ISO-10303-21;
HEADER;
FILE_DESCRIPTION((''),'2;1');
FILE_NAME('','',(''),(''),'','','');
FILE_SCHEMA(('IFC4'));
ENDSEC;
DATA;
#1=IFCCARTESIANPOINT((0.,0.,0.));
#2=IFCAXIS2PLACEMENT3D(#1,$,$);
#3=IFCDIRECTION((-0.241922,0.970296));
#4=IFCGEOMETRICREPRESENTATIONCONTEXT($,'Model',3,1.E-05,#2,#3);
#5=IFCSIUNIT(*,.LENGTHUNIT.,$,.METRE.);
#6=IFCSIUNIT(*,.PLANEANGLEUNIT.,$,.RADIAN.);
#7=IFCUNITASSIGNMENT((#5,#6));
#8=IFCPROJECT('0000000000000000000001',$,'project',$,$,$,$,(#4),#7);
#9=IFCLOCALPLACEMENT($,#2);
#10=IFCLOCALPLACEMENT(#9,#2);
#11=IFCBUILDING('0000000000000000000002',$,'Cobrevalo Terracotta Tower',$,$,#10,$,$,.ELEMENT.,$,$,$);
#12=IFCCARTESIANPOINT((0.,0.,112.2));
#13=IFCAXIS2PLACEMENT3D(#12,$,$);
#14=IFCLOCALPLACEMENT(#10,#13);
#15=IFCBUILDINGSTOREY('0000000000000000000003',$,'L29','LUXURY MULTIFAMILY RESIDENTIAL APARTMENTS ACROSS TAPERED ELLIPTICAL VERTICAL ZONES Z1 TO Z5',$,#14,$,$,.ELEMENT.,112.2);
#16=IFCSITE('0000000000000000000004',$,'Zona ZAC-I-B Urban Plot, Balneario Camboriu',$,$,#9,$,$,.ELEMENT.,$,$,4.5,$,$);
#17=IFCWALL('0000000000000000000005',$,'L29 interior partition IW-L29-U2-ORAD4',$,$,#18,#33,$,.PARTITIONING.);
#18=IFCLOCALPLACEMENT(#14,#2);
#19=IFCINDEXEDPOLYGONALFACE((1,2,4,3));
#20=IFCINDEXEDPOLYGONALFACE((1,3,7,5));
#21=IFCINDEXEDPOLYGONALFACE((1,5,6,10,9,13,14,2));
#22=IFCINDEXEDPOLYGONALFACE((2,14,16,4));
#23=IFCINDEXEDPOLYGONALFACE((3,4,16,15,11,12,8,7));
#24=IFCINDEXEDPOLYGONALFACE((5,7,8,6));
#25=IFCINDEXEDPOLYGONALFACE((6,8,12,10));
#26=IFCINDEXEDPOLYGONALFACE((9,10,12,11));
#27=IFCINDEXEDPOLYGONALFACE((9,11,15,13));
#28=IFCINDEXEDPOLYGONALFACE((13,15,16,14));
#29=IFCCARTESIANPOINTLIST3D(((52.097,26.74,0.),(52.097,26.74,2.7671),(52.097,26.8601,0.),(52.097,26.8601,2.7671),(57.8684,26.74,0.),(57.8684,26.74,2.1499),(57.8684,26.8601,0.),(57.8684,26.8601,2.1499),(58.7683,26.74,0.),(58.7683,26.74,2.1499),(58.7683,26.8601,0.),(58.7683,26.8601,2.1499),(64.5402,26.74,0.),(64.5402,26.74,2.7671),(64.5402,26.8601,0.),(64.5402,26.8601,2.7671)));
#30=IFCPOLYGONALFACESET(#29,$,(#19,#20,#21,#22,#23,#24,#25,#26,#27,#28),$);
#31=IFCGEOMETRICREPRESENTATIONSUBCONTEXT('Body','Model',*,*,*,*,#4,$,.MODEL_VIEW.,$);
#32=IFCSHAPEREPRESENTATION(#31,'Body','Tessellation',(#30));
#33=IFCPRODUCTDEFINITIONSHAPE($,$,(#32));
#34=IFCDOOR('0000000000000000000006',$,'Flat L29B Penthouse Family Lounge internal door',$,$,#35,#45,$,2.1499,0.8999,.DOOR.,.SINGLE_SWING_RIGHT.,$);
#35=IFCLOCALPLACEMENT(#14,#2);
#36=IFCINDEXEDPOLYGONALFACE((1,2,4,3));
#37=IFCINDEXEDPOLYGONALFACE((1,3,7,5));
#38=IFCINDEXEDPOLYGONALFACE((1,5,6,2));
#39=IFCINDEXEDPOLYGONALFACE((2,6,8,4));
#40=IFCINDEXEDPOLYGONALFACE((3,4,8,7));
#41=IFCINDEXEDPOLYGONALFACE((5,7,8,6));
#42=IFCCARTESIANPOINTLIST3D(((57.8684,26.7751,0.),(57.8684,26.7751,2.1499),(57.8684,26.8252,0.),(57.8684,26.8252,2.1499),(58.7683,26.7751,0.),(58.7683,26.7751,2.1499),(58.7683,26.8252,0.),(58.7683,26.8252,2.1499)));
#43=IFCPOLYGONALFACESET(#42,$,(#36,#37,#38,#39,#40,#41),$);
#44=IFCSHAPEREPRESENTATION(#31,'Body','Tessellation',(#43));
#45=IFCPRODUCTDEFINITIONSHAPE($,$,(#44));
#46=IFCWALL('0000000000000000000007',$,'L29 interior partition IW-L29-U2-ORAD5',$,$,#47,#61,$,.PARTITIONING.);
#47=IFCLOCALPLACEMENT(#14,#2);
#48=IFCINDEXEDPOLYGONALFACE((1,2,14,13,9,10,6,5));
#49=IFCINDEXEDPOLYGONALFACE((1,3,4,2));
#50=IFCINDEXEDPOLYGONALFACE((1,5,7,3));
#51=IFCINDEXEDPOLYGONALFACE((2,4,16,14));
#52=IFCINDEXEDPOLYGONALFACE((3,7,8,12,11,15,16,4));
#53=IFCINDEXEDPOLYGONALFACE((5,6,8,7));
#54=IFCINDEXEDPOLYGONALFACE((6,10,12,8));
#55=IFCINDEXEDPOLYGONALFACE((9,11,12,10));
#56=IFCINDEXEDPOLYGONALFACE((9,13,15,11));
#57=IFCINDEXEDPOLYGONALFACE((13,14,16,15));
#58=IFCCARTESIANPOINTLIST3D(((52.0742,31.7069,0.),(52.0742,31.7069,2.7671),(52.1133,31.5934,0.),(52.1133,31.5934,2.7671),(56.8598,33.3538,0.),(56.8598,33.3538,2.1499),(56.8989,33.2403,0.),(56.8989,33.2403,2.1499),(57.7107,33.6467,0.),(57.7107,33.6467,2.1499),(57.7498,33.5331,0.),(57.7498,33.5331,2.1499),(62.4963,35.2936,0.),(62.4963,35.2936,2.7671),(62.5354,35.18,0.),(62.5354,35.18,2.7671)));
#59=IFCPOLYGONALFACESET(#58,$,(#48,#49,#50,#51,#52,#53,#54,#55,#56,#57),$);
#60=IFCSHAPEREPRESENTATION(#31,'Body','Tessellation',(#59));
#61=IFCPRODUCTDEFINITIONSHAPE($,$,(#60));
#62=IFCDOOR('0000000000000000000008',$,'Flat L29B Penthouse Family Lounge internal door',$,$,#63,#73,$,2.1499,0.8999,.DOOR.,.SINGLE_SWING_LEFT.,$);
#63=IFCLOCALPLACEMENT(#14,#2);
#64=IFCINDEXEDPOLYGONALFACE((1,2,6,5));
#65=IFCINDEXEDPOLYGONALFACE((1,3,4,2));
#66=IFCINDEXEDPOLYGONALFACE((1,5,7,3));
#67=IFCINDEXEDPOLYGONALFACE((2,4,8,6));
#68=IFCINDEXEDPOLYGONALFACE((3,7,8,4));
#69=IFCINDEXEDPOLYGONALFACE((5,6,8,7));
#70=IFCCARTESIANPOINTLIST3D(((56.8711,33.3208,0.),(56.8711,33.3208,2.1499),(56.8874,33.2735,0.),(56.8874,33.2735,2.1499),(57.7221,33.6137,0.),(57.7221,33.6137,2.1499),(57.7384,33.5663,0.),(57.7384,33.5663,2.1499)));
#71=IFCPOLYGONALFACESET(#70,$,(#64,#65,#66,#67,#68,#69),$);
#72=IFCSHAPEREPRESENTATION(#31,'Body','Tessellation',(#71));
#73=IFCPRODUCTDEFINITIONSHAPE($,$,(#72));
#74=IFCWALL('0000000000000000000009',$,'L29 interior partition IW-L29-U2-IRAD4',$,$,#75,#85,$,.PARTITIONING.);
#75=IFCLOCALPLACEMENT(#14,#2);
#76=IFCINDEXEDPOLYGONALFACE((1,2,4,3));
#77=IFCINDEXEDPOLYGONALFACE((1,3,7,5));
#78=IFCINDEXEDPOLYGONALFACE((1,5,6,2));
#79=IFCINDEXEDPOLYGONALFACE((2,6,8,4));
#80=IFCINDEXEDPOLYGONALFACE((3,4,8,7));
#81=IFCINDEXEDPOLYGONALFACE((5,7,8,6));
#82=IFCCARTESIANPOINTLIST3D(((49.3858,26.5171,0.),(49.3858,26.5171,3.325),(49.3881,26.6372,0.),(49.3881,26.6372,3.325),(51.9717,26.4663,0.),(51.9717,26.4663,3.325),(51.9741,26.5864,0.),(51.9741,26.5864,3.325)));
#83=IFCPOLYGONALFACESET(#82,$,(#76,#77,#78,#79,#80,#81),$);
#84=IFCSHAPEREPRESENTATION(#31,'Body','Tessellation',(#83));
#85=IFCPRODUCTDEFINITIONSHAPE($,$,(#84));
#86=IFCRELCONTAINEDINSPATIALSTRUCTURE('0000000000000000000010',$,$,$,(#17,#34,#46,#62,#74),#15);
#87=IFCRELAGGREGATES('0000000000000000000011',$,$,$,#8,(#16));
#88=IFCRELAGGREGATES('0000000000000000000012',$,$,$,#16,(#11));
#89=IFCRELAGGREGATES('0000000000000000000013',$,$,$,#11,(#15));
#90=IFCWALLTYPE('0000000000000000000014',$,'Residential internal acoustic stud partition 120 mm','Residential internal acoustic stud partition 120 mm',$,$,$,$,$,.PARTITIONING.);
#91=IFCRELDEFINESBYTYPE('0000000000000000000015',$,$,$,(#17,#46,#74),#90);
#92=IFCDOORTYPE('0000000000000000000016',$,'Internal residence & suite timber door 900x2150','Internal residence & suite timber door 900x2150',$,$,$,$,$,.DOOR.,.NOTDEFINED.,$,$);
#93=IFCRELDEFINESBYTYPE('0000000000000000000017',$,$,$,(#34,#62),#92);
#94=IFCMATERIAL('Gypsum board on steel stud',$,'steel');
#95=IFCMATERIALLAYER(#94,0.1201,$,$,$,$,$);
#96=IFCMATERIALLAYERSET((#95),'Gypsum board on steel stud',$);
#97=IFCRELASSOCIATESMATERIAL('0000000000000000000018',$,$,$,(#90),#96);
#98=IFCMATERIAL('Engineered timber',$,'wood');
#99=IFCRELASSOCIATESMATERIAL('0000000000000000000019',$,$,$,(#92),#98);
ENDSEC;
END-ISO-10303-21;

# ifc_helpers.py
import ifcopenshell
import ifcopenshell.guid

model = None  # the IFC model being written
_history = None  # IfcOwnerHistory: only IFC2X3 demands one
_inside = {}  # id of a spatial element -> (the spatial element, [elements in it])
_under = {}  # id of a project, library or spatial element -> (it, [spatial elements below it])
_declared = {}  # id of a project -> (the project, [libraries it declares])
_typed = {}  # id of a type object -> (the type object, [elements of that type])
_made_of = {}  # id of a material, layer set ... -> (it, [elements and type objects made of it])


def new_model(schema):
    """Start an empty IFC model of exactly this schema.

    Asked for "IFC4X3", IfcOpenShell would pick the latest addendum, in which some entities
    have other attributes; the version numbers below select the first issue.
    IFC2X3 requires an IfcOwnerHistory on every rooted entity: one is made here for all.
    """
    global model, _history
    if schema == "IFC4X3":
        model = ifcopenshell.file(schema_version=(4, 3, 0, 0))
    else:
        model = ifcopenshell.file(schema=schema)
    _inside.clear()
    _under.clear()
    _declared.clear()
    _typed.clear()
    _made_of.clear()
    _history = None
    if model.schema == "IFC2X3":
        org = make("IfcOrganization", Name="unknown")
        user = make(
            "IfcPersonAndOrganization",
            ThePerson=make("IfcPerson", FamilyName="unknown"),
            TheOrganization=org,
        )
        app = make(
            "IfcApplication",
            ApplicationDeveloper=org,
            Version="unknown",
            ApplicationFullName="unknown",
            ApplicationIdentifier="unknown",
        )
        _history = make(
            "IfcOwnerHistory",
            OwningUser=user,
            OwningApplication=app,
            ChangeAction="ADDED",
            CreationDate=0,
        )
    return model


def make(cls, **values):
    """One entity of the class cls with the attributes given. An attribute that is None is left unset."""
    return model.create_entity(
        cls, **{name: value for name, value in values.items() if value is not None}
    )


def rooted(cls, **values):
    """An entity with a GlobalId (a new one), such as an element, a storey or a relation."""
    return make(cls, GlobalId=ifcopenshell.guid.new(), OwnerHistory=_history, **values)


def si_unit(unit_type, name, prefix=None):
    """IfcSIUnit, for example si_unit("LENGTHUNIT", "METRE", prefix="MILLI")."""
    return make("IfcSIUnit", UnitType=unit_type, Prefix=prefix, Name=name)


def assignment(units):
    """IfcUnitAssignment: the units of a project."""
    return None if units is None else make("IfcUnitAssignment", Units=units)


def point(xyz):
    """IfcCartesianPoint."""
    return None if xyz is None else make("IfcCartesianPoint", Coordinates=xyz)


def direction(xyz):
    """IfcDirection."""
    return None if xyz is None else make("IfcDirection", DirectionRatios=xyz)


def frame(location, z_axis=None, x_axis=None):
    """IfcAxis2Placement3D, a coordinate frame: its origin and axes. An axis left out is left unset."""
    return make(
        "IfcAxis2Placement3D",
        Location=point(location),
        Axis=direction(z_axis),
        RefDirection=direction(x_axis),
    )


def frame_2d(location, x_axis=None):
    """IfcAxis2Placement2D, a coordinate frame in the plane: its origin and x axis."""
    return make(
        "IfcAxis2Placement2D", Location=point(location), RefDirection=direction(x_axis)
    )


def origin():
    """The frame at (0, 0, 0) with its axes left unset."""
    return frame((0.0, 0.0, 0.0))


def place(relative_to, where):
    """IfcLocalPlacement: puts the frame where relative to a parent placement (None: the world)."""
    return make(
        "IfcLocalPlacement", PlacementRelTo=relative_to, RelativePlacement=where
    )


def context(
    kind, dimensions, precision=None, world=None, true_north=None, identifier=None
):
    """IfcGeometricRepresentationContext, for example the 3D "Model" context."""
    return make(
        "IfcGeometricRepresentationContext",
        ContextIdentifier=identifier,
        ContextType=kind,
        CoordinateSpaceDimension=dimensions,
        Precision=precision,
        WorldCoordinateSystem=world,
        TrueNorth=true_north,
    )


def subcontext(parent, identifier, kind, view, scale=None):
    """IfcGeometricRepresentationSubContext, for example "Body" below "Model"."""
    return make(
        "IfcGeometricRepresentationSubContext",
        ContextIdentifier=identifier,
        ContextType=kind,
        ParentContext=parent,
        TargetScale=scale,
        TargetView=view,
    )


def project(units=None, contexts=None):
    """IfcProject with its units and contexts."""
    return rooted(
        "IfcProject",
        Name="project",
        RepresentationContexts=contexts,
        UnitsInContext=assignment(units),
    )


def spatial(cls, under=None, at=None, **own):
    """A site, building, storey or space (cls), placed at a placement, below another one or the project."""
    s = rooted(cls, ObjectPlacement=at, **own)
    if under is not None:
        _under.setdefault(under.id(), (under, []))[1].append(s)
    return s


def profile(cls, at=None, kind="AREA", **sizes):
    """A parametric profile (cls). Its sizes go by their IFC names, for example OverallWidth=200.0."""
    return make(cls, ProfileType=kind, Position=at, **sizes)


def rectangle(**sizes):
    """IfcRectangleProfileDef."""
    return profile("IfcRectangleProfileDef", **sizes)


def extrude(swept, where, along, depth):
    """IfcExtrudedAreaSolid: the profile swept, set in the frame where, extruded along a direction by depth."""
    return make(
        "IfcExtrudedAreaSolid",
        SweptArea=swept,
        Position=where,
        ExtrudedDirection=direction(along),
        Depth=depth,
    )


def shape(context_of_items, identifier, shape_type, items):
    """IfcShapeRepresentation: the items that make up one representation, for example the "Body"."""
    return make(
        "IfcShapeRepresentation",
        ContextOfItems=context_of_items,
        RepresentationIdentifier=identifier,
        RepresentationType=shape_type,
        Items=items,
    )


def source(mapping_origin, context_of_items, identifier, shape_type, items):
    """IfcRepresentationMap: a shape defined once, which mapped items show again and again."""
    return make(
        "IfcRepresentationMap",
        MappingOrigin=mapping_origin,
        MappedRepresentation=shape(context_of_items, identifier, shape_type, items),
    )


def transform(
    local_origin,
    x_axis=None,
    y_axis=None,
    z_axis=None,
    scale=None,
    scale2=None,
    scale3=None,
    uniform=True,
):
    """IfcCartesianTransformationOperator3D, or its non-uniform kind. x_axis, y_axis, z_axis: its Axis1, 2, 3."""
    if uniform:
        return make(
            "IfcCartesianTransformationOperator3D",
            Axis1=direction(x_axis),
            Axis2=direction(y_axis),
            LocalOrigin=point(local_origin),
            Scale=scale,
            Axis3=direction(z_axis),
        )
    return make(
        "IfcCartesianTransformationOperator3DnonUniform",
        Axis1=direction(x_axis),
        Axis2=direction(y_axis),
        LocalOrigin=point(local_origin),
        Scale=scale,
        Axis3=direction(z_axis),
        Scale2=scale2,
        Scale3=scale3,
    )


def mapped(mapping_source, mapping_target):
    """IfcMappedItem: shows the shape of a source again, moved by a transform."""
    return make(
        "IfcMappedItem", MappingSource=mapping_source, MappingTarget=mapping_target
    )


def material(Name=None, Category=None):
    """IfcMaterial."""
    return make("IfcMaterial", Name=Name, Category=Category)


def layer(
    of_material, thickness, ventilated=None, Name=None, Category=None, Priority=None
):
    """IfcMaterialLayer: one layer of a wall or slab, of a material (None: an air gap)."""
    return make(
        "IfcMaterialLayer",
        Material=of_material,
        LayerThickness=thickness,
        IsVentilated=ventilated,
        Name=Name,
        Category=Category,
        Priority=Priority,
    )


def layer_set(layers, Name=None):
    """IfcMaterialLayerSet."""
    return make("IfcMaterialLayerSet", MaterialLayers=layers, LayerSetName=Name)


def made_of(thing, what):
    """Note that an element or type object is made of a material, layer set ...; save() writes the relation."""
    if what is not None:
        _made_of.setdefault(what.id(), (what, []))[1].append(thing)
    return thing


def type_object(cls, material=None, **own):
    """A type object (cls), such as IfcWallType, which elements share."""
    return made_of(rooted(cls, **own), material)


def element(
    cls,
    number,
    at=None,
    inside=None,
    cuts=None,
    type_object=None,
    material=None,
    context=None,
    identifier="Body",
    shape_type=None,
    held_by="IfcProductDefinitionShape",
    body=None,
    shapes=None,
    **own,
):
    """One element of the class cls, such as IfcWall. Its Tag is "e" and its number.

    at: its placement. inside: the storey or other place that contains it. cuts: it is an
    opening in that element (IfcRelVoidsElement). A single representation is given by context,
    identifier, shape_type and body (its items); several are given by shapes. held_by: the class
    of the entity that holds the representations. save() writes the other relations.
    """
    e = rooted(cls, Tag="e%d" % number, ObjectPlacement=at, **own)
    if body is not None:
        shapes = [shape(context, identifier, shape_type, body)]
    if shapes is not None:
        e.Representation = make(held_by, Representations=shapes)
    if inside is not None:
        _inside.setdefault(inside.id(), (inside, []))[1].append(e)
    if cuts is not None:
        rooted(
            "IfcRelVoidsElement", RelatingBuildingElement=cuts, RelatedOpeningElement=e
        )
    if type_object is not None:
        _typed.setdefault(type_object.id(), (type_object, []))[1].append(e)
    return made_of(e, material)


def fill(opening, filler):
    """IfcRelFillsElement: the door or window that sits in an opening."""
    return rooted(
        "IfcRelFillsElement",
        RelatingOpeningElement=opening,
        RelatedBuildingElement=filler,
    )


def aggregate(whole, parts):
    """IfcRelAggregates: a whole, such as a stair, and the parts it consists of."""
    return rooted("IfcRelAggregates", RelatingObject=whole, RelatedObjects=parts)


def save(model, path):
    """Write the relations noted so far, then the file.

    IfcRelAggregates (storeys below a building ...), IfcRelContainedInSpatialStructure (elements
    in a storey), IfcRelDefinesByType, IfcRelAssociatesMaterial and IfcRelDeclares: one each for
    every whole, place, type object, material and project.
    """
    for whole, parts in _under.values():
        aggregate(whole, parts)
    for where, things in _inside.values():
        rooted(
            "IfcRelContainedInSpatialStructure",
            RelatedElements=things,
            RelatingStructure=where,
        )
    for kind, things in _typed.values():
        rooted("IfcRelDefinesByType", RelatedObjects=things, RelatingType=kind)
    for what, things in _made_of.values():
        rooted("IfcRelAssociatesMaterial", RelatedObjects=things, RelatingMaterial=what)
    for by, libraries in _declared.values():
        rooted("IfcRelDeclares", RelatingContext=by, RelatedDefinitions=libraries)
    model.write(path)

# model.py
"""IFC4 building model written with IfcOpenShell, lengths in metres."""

from ifc_helpers import new_model, si_unit, direction, frame, frame_2d, origin, place, context, subcontext, project, spatial, rectangle, extrude, source, transform, mapped, material, layer, layer_set, type_object, element, fill, save


model = new_model("IFC4")

# Units and contexts
model_context = context("Model", 3, precision=1e-05, world=origin(), true_north=direction((-0.241922, 0.970296)))
body_context = subcontext(model_context, "Body", "Model", "MODEL_VIEW")
ifc_project = project(units=[si_unit("LENGTHUNIT", "METRE"), si_unit("PLANEANGLEUNIT", "RADIAN")], contexts=[model_context])

# Site, building, storey
site_placement = place(None, origin())
site = spatial("IfcSite", under=ifc_project, at=site_placement, Name="Zona ZAC-I-B Urban Plot, Balneario Camboriu", CompositionType="ELEMENT", RefElevation=4.5)
building_placement = place(site_placement, origin())
building = spatial("IfcBuilding", under=site, at=building_placement, Name="Cobrevalo Terracotta Tower", CompositionType="ELEMENT")
storey_placement = place(building_placement, frame((0.0, 0.0, 112.2)))
storey = spatial("IfcBuildingStorey", under=building, at=storey_placement, Name="L29", Description="LUXURY MULTIFAMILY RESIDENTIAL APARTMENTS ACROSS TAPERED ELLIPTICAL VERTICAL ZONES Z1 TO Z5", CompositionType="ELEMENT", Elevation=112.2)

# Walls, openings, doors
ifc_material_1 = material(Name="Gypsum board on steel stud", Category="steel")
ifc_layer_1 = layer(ifc_material_1, 0.1201)
ifc_layer_set_1 = layer_set([ifc_layer_1], Name="Gypsum board on steel stud")
wall_type = type_object("IfcWallType", Name="Residential internal acoustic stud partition 120 mm", Description="Residential internal acoustic stud partition 120 mm", PredefinedType="PARTITIONING", material=ifc_layer_set_1)
wall_1_placement = place(storey_placement, frame((52.0969, 26.8, 0.0), z_axis=(0.0, 0.0, 1.0), x_axis=(1.0, 0.0, 0.0)))
wall_1 = element("IfcWall", 1, at=wall_1_placement, inside=storey, type_object=wall_type, Name="L29 interior partition IW-L29-U2-ORAD4", PredefinedType="PARTITIONING", context=body_context, shape_type="SweptSolid", body=[
    extrude(rectangle(XDim=12.4431, YDim=0.1201, at=frame_2d((6.2217, 0.0))), origin(), (0.0, 0.0, 1.0), 2.7671),
])
opening_1_placement = place(wall_1_placement, frame((5.7715, 0.0, 0.0)))
opening_1 = element("IfcOpeningElement", 2, at=opening_1_placement, cuts=wall_1, PredefinedType="OPENING", context=body_context, shape_type="SweptSolid", body=[
    extrude(rectangle(XDim=0.8999, YDim=2.1499, at=frame_2d((0.45, 1.075))), frame((0.0, 0.0701, 0.0), z_axis=(0.0, -1.0, 0.0), x_axis=(1.0, 0.0, 0.0)), (0.0, 0.0, 1.0), 0.1401),
])
ifc_material_2 = material(Name="Engineered timber", Category="wood")
door_type_1 = type_object("IfcDoorType", Name="Internal residence & suite timber door 900x2150", Description="Internal residence & suite timber door 900x2150", OperationType="NOTDEFINED", PredefinedType="DOOR", material=ifc_material_2)
shared_shape_1 = source(origin(), body_context, "Body", "SweptSolid", [
    extrude(rectangle(XDim=0.8999, YDim=2.1499, at=frame_2d((0.45, 1.075))), frame((0.0, 0.0249, 0.0), z_axis=(0.0, -1.0, 0.0), x_axis=(1.0, 0.0, 0.0)), (0.0, 0.0, 1.0), 0.05),
])
door_1_placement = place(opening_1_placement, frame((0.8999, 0.0, 0.0), z_axis=(0.0, 0.0, 1.0), x_axis=(-1.0, 0.0, 0.0)))
door_1 = element("IfcDoor", 3, at=door_1_placement, inside=storey, type_object=door_type_1, Name="Flat L29B Penthouse Family Lounge internal door", OperationType="SINGLE_SWING_RIGHT", OverallHeight=2.1499, OverallWidth=0.8999, PredefinedType="DOOR", context=body_context, shape_type="MappedRepresentation", body=[
    mapped(shared_shape_1, transform((0.0, 0.0, 0.0), scale=1.0)),
])
fill(opening_1, door_1)
wall_2_placement = place(storey_placement, frame((52.0938, 31.6501, 0.0), z_axis=(0.0, 0.0, 1.0), x_axis=(0.945573, 0.32541, 0.0)))
wall_2 = element("IfcWall", 4, at=wall_2_placement, inside=storey, type_object=wall_type, Name="L29 interior partition IW-L29-U2-ORAD5", PredefinedType="PARTITIONING", context=body_context, shape_type="SweptSolid", body=[
    extrude(rectangle(XDim=11.022, YDim=0.1201, at=frame_2d((5.511, 0.0))), origin(), (0.0, 0.0, 1.0), 2.7671),
])
opening_2_placement = place(wall_2_placement, frame((5.061, 0.0, 0.0)))
opening_2 = element("IfcOpeningElement", 5, at=opening_2_placement, cuts=wall_2, PredefinedType="OPENING", context=body_context, shape_type="SweptSolid", body=[
    extrude(rectangle(XDim=0.8999, YDim=2.1499, at=frame_2d((0.45, 1.075))), frame((0.0, 0.0701, 0.0), z_axis=(0.0, -1.0, 0.0), x_axis=(1.0, 0.0, 0.0)), (0.0, 0.0, 1.0), 0.1401),
])
door_2_placement = place(opening_2_placement, frame((0.8999, 0.0, 0.0), z_axis=(0.0, 0.0, 1.0), x_axis=(-1.0, 0.0, 0.0)))
door_2 = element("IfcDoor", 6, at=door_2_placement, inside=storey, type_object=door_type_1, Name="Flat L29B Penthouse Family Lounge internal door", OperationType="SINGLE_SWING_LEFT", OverallHeight=2.1499, OverallWidth=0.8999, PredefinedType="DOOR", context=body_context, shape_type="MappedRepresentation", body=[
    mapped(shared_shape_1, transform((0.0, 0.0, 0.0), scale=1.0)),
])
fill(opening_2, door_2)

# Wall
wall_3_placement = place(storey_placement, frame((49.387, 26.5771, 0.0), z_axis=(0.0, 0.0, 1.0), x_axis=(0.999807, -0.019634, 0.0)))
element("IfcWall", 7, at=wall_3_placement, inside=storey, type_object=wall_type, Name="L29 interior partition IW-L29-U2-IRAD4", PredefinedType="PARTITIONING", context=body_context, shape_type="SweptSolid", body=[
    extrude(rectangle(XDim=2.5864, YDim=0.1201, at=frame_2d((1.2932, 0.0))), origin(), (0.0, 0.0, 1.0), 3.325),
])

save(model, "model.ifc")
